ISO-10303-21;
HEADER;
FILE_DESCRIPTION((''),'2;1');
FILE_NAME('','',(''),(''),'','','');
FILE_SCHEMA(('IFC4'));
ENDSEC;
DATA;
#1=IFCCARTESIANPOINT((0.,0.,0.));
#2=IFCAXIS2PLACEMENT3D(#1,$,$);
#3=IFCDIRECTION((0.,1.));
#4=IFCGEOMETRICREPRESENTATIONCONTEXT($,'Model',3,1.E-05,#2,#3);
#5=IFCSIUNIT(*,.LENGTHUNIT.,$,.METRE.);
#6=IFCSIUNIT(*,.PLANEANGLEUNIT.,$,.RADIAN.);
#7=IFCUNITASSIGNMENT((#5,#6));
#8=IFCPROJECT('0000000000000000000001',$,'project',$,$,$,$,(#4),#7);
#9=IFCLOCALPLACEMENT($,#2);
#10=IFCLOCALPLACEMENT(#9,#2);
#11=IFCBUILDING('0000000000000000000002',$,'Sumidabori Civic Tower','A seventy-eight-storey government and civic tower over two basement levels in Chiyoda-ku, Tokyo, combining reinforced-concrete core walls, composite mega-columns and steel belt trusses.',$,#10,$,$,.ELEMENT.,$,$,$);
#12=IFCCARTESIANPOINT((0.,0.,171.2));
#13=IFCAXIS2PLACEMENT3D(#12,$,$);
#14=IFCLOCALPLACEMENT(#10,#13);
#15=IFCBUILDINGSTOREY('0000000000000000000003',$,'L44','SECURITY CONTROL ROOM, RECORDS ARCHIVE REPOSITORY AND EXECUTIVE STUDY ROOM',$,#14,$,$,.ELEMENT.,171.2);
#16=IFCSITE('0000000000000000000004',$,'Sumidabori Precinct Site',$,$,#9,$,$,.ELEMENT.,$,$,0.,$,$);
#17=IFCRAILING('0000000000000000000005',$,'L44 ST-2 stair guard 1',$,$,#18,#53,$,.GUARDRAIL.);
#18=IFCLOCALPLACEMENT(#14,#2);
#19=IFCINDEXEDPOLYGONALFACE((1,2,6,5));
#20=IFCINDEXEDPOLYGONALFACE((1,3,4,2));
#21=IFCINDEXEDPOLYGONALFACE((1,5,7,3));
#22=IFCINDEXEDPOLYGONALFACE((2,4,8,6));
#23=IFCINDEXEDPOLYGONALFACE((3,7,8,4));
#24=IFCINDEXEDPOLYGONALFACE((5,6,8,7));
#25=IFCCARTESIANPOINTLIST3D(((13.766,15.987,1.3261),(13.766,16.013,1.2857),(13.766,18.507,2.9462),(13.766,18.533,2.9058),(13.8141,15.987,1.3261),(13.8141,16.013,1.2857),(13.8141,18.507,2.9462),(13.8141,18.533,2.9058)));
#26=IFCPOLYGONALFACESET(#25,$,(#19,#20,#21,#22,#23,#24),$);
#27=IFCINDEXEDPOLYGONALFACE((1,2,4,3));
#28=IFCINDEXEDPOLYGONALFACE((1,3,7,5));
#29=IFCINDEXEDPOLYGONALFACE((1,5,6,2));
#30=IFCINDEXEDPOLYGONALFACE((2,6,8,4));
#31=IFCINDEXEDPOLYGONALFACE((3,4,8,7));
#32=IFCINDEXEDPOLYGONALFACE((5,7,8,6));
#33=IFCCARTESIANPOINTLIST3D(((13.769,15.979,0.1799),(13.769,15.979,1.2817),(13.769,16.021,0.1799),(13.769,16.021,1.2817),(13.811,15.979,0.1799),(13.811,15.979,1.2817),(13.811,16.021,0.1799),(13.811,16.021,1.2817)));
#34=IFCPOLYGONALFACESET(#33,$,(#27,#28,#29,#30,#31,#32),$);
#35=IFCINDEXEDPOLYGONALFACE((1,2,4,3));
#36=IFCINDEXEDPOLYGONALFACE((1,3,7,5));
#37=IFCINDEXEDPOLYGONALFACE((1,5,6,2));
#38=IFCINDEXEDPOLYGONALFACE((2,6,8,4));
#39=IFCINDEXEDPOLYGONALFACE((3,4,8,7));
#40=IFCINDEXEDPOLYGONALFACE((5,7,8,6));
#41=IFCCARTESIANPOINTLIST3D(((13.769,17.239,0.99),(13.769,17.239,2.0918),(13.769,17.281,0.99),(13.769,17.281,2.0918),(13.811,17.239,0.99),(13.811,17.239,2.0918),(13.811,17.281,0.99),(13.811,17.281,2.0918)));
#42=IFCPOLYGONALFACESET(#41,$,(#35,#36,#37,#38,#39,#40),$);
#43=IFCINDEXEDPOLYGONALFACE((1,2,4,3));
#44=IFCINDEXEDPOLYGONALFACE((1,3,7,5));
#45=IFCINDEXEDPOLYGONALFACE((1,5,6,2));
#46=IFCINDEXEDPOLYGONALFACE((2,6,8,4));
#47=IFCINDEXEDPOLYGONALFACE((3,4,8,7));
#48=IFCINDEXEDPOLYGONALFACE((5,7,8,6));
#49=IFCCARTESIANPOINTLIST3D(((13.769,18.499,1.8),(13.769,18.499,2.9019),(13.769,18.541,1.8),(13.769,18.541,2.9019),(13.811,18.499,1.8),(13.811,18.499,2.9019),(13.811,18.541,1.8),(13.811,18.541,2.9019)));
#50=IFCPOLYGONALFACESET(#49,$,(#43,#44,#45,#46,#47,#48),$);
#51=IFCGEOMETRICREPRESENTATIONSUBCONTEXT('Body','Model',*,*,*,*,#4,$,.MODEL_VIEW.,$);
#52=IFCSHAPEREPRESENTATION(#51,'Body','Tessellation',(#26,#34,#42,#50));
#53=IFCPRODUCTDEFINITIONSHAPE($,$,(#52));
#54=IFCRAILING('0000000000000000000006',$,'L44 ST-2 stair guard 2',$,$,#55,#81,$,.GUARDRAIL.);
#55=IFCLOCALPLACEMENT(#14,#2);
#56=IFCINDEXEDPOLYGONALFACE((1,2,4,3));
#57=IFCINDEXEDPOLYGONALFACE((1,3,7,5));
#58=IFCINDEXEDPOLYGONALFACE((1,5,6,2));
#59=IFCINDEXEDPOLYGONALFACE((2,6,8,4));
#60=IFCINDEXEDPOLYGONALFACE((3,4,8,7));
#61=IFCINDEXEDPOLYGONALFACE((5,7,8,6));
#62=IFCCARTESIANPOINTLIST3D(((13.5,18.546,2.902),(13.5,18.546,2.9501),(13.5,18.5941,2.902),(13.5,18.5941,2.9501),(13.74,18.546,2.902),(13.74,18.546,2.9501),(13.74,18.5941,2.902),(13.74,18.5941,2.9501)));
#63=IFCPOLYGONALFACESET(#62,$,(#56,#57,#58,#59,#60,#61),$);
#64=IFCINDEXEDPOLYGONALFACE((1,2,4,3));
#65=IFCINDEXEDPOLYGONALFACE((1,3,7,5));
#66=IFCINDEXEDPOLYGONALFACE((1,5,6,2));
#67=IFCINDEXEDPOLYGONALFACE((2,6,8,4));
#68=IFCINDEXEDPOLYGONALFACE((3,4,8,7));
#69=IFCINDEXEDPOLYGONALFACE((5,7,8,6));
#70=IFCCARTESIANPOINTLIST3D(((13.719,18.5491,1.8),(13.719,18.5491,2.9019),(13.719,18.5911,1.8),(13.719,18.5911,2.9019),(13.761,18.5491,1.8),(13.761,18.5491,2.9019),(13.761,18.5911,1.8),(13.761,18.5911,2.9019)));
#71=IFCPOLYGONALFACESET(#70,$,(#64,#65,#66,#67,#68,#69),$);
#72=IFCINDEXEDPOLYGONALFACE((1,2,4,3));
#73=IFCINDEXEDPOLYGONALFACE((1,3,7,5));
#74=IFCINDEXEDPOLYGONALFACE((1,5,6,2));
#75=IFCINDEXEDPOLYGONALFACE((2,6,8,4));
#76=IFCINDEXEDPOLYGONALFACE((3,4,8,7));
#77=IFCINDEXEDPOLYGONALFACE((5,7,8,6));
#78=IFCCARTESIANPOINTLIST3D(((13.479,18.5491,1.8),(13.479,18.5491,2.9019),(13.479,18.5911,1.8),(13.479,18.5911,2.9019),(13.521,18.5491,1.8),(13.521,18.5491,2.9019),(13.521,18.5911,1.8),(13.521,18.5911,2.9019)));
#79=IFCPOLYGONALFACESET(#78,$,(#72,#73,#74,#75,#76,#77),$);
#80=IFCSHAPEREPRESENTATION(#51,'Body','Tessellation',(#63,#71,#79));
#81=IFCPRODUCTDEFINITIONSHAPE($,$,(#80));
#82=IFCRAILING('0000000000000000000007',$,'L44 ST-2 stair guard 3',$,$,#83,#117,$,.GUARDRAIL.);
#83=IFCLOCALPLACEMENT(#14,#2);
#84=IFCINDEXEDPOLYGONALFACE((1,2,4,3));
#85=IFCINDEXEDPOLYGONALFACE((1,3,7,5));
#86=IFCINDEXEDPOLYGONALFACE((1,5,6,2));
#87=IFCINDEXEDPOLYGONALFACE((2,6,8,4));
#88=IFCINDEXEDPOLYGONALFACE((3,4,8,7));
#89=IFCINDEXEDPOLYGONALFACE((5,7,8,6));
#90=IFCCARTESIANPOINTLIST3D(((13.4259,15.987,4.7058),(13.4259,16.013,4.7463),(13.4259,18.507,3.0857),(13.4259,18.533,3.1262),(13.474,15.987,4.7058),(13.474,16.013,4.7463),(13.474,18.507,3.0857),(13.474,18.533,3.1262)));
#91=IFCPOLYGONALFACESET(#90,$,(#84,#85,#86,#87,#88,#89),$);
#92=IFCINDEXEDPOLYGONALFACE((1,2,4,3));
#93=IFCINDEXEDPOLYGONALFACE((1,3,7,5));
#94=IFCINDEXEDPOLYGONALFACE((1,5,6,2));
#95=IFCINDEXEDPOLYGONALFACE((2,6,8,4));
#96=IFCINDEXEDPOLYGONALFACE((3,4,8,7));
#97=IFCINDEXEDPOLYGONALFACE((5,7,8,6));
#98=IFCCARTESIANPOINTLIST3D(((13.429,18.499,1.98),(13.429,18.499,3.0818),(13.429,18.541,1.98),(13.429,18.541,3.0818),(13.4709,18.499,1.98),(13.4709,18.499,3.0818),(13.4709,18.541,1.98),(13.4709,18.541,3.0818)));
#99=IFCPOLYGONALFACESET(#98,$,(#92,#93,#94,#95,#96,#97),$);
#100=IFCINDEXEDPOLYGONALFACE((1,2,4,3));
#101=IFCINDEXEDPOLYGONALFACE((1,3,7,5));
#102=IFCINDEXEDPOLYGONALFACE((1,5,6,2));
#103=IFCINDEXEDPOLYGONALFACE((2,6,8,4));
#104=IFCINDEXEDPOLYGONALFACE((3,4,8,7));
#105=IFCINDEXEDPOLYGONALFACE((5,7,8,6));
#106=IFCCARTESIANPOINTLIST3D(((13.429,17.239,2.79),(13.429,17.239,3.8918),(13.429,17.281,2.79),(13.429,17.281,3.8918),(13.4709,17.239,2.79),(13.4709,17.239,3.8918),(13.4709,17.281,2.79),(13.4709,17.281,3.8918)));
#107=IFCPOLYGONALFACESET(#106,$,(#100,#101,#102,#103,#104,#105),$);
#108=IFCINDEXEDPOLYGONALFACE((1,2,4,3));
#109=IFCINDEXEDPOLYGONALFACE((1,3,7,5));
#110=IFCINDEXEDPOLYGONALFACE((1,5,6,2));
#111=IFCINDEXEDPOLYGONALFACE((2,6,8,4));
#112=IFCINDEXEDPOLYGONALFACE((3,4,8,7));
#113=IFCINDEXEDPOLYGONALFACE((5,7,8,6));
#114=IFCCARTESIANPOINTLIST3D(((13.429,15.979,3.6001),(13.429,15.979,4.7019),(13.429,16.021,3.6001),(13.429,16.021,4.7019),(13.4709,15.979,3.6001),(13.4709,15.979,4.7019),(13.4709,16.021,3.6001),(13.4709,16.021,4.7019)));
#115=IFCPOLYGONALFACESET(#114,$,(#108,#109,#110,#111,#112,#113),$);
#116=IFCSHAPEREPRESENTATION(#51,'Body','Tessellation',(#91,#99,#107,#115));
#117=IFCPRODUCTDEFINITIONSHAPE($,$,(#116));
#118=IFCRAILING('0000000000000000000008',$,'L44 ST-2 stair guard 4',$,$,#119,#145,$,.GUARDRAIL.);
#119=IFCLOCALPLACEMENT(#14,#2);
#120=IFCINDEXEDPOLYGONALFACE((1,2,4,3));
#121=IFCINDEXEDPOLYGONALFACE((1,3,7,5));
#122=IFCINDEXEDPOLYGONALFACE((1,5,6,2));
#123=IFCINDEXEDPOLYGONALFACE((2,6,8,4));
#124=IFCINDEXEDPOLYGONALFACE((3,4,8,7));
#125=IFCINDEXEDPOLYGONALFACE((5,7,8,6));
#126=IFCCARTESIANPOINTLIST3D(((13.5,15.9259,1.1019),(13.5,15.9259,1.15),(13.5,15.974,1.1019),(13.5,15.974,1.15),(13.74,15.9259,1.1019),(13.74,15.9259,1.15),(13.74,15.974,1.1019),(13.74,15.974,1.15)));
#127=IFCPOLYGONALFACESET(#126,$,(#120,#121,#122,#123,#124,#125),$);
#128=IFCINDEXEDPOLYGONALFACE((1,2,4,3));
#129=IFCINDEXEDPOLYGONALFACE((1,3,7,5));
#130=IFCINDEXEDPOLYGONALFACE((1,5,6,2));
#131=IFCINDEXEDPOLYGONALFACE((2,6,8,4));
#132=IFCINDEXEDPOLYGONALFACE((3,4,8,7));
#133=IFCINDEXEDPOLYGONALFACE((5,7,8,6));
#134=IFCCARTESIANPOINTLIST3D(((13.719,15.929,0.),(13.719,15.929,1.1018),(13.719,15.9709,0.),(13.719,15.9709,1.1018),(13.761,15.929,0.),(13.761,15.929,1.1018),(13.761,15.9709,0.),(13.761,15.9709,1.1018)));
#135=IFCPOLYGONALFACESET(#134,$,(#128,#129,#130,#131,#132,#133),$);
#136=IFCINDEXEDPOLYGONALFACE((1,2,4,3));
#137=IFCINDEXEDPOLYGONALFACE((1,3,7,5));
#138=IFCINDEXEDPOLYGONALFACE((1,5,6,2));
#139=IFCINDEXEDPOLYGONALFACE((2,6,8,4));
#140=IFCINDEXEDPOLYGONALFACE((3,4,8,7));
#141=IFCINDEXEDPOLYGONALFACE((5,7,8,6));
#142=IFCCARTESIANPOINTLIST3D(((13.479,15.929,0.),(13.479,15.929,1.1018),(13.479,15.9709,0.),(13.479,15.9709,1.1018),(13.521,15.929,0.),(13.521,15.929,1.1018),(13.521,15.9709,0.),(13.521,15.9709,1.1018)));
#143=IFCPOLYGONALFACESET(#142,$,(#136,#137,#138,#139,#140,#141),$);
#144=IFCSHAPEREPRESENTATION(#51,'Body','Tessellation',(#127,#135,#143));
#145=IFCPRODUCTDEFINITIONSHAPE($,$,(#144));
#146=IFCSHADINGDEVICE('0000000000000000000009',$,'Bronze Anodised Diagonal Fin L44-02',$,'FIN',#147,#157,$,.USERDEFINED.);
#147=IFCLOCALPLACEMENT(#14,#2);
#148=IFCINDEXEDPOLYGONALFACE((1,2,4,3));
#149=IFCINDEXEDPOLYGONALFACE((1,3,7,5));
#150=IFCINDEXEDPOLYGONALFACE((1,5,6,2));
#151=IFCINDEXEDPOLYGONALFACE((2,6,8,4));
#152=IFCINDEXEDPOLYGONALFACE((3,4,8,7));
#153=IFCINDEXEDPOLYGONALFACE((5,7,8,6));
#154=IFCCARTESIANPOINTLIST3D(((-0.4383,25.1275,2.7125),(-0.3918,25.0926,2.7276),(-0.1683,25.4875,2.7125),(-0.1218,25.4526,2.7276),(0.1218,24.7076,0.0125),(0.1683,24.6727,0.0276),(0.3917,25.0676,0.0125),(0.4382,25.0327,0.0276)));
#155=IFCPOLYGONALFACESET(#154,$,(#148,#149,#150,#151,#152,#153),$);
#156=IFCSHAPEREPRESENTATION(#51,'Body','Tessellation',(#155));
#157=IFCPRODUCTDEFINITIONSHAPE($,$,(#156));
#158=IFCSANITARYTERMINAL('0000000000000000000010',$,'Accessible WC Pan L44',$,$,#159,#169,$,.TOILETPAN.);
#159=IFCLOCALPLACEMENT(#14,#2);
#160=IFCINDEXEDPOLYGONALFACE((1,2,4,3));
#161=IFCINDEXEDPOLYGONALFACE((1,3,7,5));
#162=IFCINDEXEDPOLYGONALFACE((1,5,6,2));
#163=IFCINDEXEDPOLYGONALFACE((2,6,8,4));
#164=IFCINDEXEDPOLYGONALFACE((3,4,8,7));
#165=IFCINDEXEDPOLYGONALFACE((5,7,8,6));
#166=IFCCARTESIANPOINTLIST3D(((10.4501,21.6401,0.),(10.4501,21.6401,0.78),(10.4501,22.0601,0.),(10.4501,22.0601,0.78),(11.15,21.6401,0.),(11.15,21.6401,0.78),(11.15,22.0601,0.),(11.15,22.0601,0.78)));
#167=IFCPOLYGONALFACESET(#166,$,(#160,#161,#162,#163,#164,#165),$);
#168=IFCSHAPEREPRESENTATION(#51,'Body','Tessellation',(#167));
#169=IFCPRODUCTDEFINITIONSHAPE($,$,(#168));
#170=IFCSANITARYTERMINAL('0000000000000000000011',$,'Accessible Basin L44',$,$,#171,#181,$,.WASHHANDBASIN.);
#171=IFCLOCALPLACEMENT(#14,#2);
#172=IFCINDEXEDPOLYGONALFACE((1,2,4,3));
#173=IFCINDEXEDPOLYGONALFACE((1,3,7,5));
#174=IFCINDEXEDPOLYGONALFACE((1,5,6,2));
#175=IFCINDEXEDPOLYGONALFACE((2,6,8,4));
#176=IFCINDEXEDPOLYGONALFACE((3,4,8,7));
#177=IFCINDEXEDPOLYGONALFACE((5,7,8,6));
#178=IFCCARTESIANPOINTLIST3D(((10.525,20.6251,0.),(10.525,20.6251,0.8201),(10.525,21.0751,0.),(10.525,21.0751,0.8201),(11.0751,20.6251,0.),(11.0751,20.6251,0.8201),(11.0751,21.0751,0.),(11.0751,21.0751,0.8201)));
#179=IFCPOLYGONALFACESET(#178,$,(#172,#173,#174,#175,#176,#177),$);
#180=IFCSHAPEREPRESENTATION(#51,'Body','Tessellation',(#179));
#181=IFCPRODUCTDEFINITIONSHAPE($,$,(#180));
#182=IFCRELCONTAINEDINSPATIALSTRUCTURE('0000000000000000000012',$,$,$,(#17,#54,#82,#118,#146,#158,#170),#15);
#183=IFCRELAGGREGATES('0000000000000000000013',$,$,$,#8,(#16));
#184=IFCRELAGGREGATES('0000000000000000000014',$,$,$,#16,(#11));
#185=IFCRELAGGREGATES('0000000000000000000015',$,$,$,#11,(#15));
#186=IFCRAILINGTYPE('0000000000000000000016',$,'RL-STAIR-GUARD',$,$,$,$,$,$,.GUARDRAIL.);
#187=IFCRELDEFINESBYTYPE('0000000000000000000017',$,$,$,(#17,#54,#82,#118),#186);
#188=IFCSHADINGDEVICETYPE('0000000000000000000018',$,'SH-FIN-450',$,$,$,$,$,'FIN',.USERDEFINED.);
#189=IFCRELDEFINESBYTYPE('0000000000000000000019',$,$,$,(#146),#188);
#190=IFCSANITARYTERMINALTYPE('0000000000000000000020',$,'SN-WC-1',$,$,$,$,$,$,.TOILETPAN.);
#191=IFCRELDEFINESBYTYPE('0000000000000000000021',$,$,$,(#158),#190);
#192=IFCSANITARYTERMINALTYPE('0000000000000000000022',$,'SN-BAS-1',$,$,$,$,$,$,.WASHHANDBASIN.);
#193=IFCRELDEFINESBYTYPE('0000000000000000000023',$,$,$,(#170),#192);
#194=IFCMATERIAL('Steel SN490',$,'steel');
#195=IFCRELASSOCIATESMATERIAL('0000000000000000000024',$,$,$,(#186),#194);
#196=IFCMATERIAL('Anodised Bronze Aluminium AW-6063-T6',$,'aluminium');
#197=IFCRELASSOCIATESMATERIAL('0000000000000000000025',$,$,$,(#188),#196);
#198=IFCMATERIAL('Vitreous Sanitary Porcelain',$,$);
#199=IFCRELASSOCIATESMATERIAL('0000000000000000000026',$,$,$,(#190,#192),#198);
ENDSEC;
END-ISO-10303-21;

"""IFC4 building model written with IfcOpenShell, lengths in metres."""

from ifc_helpers import new_model, si_unit, direction, frame, origin, origin_2d, place, context, subcontext, project, spatial, rectangle, extrude, source, transform, mapped, material, material_profile, profile_set, type_object, element, save


model = new_model("IFC4")

# Units and contexts
model_context = context("Model", 3, precision=1e-05, world=origin(), true_north=direction((0.0, 1.0)))
body_context = subcontext(model_context, "Body", "Model", "MODEL_VIEW")
ifc_project = project(units=[si_unit("LENGTHUNIT", "METRE"), si_unit("PLANEANGLEUNIT", "RADIAN")], contexts=[model_context])

# Site, building, storey
site_placement = place(None, origin())
site = spatial("IfcSite", under=ifc_project, at=site_placement, Name="Sumidabori Precinct Site", CompositionType="ELEMENT", RefElevation=0.0)
building_placement = place(site_placement, origin())
building = spatial("IfcBuilding", under=site, at=building_placement, Name="Sumidabori Civic Tower", Description="A seventy-eight-storey government and civic tower over two basement levels in Chiyoda-ku, Tokyo, combining reinforced-concrete core walls, composite mega-columns and steel belt trusses.", CompositionType="ELEMENT")
storey_placement = place(building_placement, frame((0.0, 0.0, 171.2)))
storey = spatial("IfcBuildingStorey", under=building, at=storey_placement, Name="L44", Description="SECURITY CONTROL ROOM, RECORDS ARCHIVE REPOSITORY AND EXECUTIVE STUDY ROOM", CompositionType="ELEMENT", Elevation=171.2)

# Shared definitions
ifc_material_1 = material(Name="Steel SN490", Category="steel")

# Shared definitions
ifc_material_2 = material(Name="Anodised Bronze Aluminium AW-6063-T6", Category="aluminium")

# Railings
railing_type_1 = type_object("IfcRailingType", Name="RL-STAIR-GUARD", PredefinedType="GUARDRAIL", material=ifc_material_1)
railing_1_placement = place(storey_placement, frame((13.79, 16.0, 0.1799)))
element("IfcRailing", 1, at=railing_1_placement, inside=storey, type_object=railing_type_1, Name="L44 ST-2 stair guard 1", PredefinedType="GUARDRAIL", context=body_context, shape_type="SweptSolid", body=[
    extrude(rectangle(XDim=0.0481, YDim=0.0481, at=origin_2d()), frame((0.0, 0.0, 1.126), z_axis=(0.0, 0.841163, 0.540782), x_axis=(-1.0, 0.0, 0.0)), (0.0, 0.0, 1.0), 2.9958),
    extrude(rectangle(XDim=0.042, YDim=0.042, at=origin_2d()), origin(), (0.0, 0.0, 1.0), 1.1018),
    extrude(rectangle(XDim=0.042, YDim=0.042, at=origin_2d()), frame((0.0, 1.26, 0.8101)), (0.0, 0.0, 1.0), 1.1018),
    extrude(rectangle(XDim=0.042, YDim=0.042, at=origin_2d()), frame((0.0, 2.52, 1.6201)), (0.0, 0.0, 1.0), 1.1018),
])
railing_2_placement = place(storey_placement, frame((13.74, 18.5701, 1.8)))
element("IfcRailing", 2, at=railing_2_placement, inside=storey, type_object=railing_type_1, Name="L44 ST-2 stair guard 2", PredefinedType="GUARDRAIL", context=body_context, shape_type="SweptSolid", body=[
    extrude(rectangle(XDim=0.0481, YDim=0.0481, at=origin_2d()), frame((0.0, 0.0, 1.126), z_axis=(-1.0, 0.0, 0.0), x_axis=(0.0, -1.0, 0.0)), (0.0, 0.0, 1.0), 0.24),
    extrude(rectangle(XDim=0.042, YDim=0.042, at=origin_2d()), origin(), (0.0, 0.0, 1.0), 1.1018),
    extrude(rectangle(XDim=0.042, YDim=0.042, at=origin_2d()), frame((-0.24, 0.0, 0.0)), (0.0, 0.0, 1.0), 1.1018),
])
railing_3_placement = place(storey_placement, frame((13.45, 18.52, 1.98)))
element("IfcRailing", 3, at=railing_3_placement, inside=storey, type_object=railing_type_1, Name="L44 ST-2 stair guard 3", PredefinedType="GUARDRAIL", context=body_context, shape_type="SweptSolid", body=[
    extrude(rectangle(XDim=0.0481, YDim=0.0481, at=origin_2d()), frame((0.0, 0.0, 1.126), z_axis=(0.0, -0.841163, 0.540782), x_axis=(1.0, 0.0, 0.0)), (0.0, 0.0, 1.0), 2.9958),
    extrude(rectangle(XDim=0.042, YDim=0.042, at=origin_2d()), origin(), (0.0, 0.0, 1.0), 1.1018),
    extrude(rectangle(XDim=0.042, YDim=0.042, at=origin_2d()), frame((0.0, -1.26, 0.8101)), (0.0, 0.0, 1.0), 1.1018),
    extrude(rectangle(XDim=0.042, YDim=0.042, at=origin_2d()), frame((0.0, -2.52, 1.6201)), (0.0, 0.0, 1.0), 1.1018),
])
railing_4_placement = place(storey_placement, frame((13.74, 15.95, 0.0)))
element("IfcRailing", 4, at=railing_4_placement, inside=storey, type_object=railing_type_1, Name="L44 ST-2 stair guard 4", PredefinedType="GUARDRAIL", context=body_context, shape_type="SweptSolid", body=[
    extrude(rectangle(XDim=0.0481, YDim=0.0481, at=origin_2d()), frame((0.0, 0.0, 1.126), z_axis=(-1.0, 0.0, 0.0), x_axis=(0.0, -1.0, 0.0)), (0.0, 0.0, 1.0), 0.24),
    extrude(rectangle(XDim=0.042, YDim=0.042, at=origin_2d()), origin(), (0.0, 0.0, 1.0), 1.1018),
    extrude(rectangle(XDim=0.042, YDim=0.042, at=origin_2d()), frame((-0.24, 0.0, 0.0)), (0.0, 0.0, 1.0), 1.1018),
])

# Shading device
ifc_material_profile_1 = material_profile(ifc_material_2, rectangle(XDim=0.0601, YDim=0.45, at=origin_2d()), Name="BRONZE FIN 450x60")
ifc_profile_set_1 = profile_set([ifc_material_profile_1], Name="Anodised Bronze Aluminium AW-6063-T6")
shading_device_type = type_object("IfcShadingDeviceType", Name="SH-FIN-450", ElementType="FIN", PredefinedType="USERDEFINED", material=ifc_profile_set_1)
shared_shape_1 = source(origin(), body_context, "Body", "SweptSolid", [
    extrude(rectangle(XDim=0.0601, YDim=0.45, at=origin_2d()), origin(), (0.0, 0.0, 1.0), 2.7893),
])
shading_device_placement = place(storey_placement, frame((0.28, 24.8701, 0.02), z_axis=(-0.200794, 0.150552, 0.967996), x_axis=(0.774478, -0.580689, 0.250966)))
element("IfcShadingDevice", 5, at=shading_device_placement, inside=storey, type_object=shading_device_type, Name="Bronze Anodised Diagonal Fin L44-02", ObjectType="FIN", PredefinedType="USERDEFINED", context=body_context, shape_type="MappedRepresentation", body=[
    mapped(shared_shape_1, transform((0.0, 0.0, 0.0), x_axis=(1.0, 0.0, 0.0), y_axis=(0.0, 1.0, 0.0), z_axis=(0.0, 0.0, 1.0), scale=1.0)),
])

# Sanitary terminals
ifc_material_3 = material(Name="Vitreous Sanitary Porcelain")
sanitary_terminal_type_1 = type_object("IfcSanitaryTerminalType", Name="SN-WC-1", PredefinedType="TOILETPAN", material=ifc_material_3)
shared_shape_2 = source(origin(), body_context, "Body", "SweptSolid", [
    extrude(rectangle(XDim=0.7, YDim=0.4199, at=origin_2d()), origin(), (0.0, 0.0, 1.0), 0.78),
])
sanitary_terminal_1_placement = place(storey_placement, frame((10.8, 21.8501, 0.0), z_axis=(0.0, 0.0, 1.0), x_axis=(1.0, 0.0, 0.0)))
element("IfcSanitaryTerminal", 6, at=sanitary_terminal_1_placement, inside=storey, type_object=sanitary_terminal_type_1, Name="Accessible WC Pan L44", PredefinedType="TOILETPAN", context=body_context, shape_type="MappedRepresentation", body=[
    mapped(shared_shape_2, transform((0.0, 0.0, 0.0), x_axis=(1.0, 0.0, 0.0), y_axis=(0.0, 1.0, 0.0), z_axis=(0.0, 0.0, 1.0), scale=1.0)),
])
sanitary_terminal_type_2 = type_object("IfcSanitaryTerminalType", Name="SN-BAS-1", PredefinedType="WASHHANDBASIN", material=ifc_material_3)
shared_shape_3 = source(origin(), body_context, "Body", "SweptSolid", [
    extrude(rectangle(XDim=0.55, YDim=0.45, at=origin_2d()), origin(), (0.0, 0.0, 1.0), 0.8201),
])
sanitary_terminal_2_placement = place(storey_placement, frame((10.8, 20.8501, 0.0), z_axis=(0.0, 0.0, 1.0), x_axis=(1.0, 0.0, 0.0)))
element("IfcSanitaryTerminal", 7, at=sanitary_terminal_2_placement, inside=storey, type_object=sanitary_terminal_type_2, Name="Accessible Basin L44", PredefinedType="WASHHANDBASIN", context=body_context, shape_type="MappedRepresentation", body=[
    mapped(shared_shape_3, transform((0.0, 0.0, 0.0), x_axis=(1.0, 0.0, 0.0), y_axis=(0.0, 1.0, 0.0), z_axis=(0.0, 0.0, 1.0), scale=1.0)),
])

save(model, "model.ifc")
